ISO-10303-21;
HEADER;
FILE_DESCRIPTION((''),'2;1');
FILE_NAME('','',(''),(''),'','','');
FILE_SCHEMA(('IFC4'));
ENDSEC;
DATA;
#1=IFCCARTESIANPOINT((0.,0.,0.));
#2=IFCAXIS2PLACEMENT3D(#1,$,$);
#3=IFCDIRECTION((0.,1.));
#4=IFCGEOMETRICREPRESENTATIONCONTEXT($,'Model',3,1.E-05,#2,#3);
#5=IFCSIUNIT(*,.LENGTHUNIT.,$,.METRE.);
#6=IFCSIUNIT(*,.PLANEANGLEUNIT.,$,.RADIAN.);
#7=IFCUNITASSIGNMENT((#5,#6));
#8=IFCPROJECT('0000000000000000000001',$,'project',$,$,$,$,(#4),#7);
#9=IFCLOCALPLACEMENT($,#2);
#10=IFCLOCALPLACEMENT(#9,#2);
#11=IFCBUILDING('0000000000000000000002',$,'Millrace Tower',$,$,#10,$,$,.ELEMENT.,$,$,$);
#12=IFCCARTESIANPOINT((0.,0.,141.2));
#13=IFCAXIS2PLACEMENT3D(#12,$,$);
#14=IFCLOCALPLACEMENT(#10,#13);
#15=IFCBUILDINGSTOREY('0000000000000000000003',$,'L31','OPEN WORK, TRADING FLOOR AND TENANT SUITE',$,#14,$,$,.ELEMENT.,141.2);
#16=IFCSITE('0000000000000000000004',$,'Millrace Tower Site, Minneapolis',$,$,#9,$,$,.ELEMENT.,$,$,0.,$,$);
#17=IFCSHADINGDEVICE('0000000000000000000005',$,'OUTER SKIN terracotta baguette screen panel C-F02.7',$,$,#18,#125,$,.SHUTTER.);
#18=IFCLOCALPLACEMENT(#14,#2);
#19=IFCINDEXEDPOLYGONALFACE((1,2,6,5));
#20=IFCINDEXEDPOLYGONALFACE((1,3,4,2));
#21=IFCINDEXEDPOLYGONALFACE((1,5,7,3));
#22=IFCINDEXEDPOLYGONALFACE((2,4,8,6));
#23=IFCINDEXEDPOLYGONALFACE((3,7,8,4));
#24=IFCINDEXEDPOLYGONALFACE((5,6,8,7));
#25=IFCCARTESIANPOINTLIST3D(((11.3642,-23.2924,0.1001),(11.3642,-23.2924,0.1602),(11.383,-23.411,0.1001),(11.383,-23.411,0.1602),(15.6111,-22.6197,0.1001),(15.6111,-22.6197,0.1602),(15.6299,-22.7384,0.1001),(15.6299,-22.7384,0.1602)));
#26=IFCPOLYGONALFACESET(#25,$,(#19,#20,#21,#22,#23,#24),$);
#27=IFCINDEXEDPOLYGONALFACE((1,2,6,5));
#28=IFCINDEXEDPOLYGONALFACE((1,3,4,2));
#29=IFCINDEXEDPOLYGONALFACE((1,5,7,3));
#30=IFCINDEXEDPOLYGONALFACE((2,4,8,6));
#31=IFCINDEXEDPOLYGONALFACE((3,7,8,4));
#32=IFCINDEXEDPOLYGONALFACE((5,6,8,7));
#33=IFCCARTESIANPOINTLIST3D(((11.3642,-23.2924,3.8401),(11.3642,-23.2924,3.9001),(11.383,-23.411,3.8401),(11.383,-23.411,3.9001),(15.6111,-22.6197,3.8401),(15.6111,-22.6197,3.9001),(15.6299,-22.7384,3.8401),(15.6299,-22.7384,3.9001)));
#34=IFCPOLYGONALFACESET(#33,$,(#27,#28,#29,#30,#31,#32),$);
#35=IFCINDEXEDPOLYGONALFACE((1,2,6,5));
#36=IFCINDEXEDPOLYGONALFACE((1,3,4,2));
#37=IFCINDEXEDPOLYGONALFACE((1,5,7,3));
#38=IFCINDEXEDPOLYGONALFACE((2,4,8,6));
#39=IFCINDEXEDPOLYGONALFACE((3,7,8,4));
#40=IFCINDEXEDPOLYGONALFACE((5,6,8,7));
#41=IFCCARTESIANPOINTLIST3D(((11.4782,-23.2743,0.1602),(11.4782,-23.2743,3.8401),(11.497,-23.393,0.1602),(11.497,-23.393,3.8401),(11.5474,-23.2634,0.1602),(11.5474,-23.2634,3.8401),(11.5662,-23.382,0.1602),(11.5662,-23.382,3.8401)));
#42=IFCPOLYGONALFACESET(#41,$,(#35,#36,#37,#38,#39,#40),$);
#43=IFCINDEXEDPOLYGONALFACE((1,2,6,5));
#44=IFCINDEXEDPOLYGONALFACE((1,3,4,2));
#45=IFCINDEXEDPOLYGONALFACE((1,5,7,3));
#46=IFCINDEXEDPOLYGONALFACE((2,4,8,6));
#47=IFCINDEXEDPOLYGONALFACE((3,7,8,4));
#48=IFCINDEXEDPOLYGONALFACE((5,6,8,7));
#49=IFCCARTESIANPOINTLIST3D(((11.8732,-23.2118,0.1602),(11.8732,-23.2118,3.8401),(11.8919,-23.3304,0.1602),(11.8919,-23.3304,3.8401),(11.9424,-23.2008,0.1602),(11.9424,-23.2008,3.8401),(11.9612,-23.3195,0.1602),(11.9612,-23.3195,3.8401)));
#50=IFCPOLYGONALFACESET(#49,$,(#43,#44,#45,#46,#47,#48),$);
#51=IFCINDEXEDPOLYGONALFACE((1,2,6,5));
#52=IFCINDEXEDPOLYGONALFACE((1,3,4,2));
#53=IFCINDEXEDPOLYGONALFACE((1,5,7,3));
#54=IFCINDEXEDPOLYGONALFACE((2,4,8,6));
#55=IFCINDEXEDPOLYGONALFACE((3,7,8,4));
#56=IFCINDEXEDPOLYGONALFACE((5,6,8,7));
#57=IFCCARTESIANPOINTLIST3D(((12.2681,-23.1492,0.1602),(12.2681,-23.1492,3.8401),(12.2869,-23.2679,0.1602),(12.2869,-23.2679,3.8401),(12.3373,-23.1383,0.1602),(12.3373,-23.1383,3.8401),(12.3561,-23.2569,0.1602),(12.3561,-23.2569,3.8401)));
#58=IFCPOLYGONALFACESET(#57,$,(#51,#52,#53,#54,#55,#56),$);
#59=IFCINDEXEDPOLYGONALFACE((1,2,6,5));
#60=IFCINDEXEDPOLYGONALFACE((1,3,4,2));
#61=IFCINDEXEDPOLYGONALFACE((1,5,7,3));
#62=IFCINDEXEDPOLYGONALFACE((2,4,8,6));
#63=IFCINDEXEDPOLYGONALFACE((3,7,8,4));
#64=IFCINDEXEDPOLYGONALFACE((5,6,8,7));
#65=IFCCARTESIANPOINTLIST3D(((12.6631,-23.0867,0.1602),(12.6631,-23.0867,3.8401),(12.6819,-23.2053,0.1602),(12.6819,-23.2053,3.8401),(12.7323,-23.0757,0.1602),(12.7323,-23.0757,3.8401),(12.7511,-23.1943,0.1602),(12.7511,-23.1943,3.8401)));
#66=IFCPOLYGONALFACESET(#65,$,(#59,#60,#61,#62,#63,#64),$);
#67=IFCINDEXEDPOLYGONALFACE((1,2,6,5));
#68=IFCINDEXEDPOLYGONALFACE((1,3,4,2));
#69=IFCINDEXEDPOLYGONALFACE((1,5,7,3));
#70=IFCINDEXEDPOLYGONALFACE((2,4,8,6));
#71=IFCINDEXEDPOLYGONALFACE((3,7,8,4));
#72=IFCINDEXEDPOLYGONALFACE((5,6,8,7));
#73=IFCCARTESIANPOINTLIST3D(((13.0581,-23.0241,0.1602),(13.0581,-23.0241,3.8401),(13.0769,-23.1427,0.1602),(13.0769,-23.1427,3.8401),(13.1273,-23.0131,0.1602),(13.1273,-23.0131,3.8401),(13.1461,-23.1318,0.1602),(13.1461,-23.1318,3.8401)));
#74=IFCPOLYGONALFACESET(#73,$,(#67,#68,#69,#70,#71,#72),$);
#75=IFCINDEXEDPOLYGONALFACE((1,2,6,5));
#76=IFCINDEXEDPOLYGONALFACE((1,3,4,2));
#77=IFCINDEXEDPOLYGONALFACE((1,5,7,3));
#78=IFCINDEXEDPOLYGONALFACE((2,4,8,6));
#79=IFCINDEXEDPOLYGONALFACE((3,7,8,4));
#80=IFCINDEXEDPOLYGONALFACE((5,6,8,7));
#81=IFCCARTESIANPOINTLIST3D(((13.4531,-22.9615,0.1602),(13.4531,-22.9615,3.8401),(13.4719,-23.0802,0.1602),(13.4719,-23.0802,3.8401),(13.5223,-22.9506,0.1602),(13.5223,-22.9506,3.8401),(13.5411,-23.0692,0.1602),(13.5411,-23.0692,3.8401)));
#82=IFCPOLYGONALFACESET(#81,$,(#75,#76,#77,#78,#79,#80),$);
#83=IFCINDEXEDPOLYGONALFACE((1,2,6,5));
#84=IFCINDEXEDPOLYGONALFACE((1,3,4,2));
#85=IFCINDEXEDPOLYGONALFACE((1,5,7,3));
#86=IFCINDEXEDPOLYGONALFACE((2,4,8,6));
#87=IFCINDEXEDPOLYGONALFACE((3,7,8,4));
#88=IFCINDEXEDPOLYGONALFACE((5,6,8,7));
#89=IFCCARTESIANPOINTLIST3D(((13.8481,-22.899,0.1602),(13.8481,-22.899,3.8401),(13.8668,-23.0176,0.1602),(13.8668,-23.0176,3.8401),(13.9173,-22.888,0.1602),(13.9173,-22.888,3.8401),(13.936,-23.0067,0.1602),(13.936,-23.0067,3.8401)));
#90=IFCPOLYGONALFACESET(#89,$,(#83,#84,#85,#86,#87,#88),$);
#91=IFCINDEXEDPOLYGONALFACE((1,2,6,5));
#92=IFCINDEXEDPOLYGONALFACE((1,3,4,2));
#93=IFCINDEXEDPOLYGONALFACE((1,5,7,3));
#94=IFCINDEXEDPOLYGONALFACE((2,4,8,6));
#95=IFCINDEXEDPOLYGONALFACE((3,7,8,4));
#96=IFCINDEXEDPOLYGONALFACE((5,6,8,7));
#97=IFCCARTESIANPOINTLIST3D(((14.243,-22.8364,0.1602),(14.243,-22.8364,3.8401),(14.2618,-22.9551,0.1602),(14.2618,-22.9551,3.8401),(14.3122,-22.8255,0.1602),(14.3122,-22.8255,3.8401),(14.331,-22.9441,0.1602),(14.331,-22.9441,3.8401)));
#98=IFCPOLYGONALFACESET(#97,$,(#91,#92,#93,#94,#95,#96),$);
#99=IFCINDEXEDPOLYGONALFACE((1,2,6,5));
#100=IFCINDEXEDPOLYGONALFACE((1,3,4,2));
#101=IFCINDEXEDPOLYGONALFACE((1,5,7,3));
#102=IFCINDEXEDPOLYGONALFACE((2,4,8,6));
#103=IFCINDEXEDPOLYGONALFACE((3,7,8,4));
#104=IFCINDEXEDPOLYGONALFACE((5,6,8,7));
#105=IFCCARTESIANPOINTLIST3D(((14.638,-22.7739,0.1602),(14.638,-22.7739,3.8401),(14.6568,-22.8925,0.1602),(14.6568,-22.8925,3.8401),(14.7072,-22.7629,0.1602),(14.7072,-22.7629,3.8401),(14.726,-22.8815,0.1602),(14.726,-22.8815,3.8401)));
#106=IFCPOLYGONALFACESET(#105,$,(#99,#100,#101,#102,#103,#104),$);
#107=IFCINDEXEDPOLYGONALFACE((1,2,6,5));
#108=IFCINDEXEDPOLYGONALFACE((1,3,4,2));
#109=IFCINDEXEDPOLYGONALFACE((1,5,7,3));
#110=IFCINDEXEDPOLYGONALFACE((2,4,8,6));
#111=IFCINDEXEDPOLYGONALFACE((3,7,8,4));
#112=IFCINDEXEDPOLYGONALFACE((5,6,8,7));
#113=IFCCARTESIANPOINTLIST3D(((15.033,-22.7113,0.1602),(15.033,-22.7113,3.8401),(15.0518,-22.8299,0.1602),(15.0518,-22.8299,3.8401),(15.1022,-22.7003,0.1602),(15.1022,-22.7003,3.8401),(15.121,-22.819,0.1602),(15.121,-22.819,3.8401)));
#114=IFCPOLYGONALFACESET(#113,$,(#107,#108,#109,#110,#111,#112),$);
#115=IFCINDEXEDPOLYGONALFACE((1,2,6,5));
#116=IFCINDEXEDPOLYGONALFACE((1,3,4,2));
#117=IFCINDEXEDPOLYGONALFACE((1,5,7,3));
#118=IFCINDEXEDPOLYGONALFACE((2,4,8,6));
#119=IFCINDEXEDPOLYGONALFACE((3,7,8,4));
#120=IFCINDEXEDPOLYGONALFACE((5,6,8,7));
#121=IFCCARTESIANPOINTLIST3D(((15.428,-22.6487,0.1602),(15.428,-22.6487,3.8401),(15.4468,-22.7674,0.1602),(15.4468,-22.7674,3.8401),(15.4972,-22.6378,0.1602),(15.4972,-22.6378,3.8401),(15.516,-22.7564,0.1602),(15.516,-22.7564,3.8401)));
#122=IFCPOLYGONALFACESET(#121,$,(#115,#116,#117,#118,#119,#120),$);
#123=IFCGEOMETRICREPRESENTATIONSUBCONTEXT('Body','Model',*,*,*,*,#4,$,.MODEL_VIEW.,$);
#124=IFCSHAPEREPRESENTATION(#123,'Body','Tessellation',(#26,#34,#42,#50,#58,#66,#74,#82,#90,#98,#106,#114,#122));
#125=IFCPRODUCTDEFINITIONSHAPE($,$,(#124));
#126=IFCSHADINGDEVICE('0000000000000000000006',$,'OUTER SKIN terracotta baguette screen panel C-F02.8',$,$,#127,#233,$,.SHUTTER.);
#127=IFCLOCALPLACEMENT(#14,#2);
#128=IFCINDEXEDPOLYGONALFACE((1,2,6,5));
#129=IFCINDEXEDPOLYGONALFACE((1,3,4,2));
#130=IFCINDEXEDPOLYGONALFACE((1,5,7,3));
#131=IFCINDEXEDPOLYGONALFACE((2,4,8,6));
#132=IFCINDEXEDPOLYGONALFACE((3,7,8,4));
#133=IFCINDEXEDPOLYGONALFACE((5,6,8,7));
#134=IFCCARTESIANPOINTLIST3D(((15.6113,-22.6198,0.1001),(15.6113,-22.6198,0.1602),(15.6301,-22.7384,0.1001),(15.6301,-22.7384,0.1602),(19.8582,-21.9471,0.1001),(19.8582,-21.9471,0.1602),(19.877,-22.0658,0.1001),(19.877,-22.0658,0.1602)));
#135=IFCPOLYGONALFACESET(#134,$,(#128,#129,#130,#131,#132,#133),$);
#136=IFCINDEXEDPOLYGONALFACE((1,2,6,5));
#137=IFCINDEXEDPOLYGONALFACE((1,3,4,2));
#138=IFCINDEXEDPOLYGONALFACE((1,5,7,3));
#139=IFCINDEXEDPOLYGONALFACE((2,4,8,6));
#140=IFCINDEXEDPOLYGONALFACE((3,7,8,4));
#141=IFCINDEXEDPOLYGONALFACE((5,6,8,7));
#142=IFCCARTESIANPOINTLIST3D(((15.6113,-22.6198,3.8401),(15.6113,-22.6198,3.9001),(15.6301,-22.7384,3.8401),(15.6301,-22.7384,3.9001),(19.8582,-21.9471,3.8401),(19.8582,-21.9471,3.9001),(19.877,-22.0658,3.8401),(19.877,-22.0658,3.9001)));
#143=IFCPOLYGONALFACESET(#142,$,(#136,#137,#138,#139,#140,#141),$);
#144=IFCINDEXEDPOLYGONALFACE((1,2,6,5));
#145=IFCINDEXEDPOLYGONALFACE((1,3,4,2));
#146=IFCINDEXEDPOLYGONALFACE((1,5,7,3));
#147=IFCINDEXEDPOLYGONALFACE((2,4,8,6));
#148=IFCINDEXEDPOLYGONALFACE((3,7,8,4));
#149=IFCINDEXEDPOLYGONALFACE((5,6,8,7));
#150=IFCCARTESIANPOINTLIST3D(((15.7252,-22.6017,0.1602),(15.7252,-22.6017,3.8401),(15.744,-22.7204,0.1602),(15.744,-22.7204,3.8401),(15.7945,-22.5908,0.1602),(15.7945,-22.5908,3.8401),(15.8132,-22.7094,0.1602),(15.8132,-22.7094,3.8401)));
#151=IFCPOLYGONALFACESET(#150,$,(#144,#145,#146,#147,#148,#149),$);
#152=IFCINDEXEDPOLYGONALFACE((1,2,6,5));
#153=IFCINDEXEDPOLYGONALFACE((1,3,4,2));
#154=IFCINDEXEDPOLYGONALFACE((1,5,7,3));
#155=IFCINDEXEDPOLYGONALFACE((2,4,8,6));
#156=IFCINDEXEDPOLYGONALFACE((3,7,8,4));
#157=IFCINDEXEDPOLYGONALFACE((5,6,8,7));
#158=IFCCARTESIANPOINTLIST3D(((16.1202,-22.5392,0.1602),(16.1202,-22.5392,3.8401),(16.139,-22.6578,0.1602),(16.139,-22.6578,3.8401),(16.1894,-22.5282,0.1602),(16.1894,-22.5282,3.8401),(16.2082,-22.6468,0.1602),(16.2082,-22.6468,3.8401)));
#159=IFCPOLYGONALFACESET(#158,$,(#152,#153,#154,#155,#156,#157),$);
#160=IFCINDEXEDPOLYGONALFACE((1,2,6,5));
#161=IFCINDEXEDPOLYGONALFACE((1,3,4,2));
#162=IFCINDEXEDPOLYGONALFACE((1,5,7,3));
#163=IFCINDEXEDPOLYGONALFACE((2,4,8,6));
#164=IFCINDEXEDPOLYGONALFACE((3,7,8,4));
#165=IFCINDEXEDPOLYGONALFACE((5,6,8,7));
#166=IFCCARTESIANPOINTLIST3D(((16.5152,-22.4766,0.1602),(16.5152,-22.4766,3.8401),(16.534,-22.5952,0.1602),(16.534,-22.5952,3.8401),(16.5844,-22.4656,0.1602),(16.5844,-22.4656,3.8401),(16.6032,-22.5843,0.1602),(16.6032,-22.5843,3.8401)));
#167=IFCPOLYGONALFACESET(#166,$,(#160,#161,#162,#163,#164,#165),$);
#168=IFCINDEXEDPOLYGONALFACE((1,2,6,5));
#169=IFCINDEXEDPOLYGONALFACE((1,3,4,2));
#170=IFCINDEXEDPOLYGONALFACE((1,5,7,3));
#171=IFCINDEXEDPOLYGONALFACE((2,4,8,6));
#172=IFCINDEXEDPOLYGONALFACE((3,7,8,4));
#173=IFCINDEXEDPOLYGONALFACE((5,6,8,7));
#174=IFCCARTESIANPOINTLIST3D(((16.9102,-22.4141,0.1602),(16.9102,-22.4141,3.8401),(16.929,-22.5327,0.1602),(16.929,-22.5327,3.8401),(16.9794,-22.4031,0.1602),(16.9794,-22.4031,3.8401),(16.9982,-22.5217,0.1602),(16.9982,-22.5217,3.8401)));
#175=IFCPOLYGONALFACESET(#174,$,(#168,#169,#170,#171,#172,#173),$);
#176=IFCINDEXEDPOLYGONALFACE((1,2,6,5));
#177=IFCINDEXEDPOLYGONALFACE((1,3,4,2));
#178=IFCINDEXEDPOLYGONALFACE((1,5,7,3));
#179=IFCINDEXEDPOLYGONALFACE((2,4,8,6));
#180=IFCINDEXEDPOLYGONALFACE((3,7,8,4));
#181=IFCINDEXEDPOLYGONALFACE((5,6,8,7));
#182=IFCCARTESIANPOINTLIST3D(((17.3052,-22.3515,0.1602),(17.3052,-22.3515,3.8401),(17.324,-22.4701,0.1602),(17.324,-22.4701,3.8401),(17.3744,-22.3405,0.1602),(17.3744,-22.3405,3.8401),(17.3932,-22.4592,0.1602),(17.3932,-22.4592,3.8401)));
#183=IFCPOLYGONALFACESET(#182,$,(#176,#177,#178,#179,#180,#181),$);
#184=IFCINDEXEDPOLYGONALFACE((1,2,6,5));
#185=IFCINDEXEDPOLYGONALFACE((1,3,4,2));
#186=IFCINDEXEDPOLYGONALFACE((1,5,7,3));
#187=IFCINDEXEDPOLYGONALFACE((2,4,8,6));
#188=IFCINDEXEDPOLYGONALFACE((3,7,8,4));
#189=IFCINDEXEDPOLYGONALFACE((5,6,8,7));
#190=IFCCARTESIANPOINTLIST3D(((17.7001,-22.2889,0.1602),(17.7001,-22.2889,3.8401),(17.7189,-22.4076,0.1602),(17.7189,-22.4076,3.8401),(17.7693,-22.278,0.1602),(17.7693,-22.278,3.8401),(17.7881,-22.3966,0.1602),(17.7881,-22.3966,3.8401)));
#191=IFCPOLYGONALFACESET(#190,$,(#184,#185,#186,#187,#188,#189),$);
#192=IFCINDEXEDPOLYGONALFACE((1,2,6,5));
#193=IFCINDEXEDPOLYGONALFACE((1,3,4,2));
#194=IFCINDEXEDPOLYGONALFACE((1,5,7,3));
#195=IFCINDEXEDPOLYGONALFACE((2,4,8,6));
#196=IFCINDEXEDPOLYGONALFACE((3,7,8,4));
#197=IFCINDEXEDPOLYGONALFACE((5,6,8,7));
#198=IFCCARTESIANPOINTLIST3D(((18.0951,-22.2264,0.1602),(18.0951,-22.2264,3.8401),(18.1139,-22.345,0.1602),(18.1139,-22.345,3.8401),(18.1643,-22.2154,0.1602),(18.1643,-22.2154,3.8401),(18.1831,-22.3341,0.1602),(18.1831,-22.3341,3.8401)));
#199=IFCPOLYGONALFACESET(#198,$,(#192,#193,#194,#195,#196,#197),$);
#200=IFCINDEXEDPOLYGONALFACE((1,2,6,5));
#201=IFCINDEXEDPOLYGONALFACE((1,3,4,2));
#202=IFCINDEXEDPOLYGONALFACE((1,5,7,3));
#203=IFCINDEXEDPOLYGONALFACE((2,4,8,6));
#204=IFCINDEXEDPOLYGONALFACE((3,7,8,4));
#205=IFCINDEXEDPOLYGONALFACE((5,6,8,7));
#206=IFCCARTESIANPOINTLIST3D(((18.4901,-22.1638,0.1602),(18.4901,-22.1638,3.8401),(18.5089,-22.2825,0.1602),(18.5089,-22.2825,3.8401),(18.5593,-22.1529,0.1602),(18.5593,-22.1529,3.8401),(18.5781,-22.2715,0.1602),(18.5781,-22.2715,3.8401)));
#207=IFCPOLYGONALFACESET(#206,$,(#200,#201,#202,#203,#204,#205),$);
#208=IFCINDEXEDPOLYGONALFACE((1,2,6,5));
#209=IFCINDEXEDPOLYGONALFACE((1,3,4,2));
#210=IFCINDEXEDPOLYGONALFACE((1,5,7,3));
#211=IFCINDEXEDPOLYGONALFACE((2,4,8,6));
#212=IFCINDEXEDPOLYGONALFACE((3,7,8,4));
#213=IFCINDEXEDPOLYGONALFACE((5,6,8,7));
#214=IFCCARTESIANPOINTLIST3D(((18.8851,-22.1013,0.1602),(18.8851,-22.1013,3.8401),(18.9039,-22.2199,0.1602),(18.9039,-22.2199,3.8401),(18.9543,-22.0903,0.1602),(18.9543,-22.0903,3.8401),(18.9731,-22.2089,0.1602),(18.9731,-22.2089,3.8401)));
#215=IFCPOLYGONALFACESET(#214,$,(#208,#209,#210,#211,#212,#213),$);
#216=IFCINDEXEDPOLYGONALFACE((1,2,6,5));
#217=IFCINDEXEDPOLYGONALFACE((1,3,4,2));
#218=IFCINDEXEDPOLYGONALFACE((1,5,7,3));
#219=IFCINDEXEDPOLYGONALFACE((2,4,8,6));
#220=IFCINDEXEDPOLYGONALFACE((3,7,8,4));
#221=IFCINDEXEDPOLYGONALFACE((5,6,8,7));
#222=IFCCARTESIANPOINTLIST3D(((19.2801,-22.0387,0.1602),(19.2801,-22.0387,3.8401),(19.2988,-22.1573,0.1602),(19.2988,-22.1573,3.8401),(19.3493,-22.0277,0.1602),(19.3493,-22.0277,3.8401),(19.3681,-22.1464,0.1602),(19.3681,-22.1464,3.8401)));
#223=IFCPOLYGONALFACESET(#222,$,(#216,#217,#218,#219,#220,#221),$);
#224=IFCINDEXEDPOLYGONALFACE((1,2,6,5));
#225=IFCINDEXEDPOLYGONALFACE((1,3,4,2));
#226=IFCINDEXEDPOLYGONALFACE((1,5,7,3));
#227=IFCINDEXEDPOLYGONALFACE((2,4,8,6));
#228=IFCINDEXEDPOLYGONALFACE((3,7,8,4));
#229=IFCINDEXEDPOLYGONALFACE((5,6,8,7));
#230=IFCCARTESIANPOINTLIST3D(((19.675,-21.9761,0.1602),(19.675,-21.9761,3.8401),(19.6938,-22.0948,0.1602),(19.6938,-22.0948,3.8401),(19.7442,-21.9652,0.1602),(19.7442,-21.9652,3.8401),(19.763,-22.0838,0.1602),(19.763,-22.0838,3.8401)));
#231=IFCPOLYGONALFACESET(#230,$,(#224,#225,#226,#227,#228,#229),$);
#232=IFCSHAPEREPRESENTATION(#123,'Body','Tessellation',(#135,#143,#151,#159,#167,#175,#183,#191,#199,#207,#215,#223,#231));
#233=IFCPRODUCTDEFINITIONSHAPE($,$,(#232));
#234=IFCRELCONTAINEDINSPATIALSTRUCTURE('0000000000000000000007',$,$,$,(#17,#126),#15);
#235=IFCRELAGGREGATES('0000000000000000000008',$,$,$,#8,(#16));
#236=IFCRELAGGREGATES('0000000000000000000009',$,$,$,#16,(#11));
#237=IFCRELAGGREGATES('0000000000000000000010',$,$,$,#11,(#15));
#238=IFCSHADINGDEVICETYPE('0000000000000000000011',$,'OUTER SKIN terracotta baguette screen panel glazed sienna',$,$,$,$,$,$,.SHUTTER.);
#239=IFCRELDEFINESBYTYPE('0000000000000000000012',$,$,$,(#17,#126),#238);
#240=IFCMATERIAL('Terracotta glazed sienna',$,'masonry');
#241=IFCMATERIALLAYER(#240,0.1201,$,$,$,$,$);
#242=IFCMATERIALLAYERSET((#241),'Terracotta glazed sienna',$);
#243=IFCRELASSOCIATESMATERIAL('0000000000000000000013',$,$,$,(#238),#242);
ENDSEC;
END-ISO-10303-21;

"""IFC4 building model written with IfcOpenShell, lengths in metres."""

from ifc_helpers import new_model, entity, si_unit, direction, frame, frame_2d, origin, origin_2d, place, context, subcontext, project, spatial, rectangle, extrude, source, transform, mapped, material, layer, layer_set, type_object, element, save


model = new_model("IFC4")

# Units and contexts
model_context = context("Model", 3, precision=1e-05, world=origin(), true_north=direction((0.0, 1.0)))
body_context = subcontext(model_context, "Body", "Model", "MODEL_VIEW")
ifc_project = project(units=[si_unit("LENGTHUNIT", "METRE"), si_unit("PLANEANGLEUNIT", "RADIAN")], contexts=[model_context])

# Site, building, storey
site_placement = place(None, origin())
site = spatial("IfcSite", under=ifc_project, at=site_placement, Name="Millrace Tower Site, Minneapolis", CompositionType="ELEMENT", RefElevation=0.0)
building_placement = place(site_placement, origin())
building = spatial("IfcBuilding", under=site, at=building_placement, Name="Millrace Tower", CompositionType="ELEMENT")
storey_placement = place(building_placement, frame((0.0, 0.0, 141.2)))
storey = spatial("IfcBuildingStorey", under=building, at=storey_placement, Name="L31", Description="OPEN WORK, TRADING FLOOR AND TENANT SUITE", CompositionType="ELEMENT", Elevation=141.2)

# Shading devices
ifc_material_1 = material(Name="Terracotta glazed sienna", Category="masonry")
ifc_layer_1 = layer(ifc_material_1, 0.1201)
ifc_layer_set_1 = layer_set([ifc_layer_1], Name="Terracotta glazed sienna")
shading_device_type = type_object("IfcShadingDeviceType", Name="OUTER SKIN terracotta baguette screen panel glazed sienna", PredefinedType="SHUTTER", material=ifc_layer_set_1)
cartesian_point_1 = entity("IfcCartesianPoint", [-2.1499, 0.0601])
shared_polyline_1 = entity("IfcPolyline", [cartesian_point_1, entity("IfcCartesianPoint", [2.1499, 0.0601]), entity("IfcCartesianPoint", [2.1499, -0.0601]), entity("IfcCartesianPoint", [-2.1499, -0.0601]), cartesian_point_1])
shared_shape_1 = source(origin(), body_context, "Body", "SweptSolid", [
    entity("IfcExtrudedAreaSolid", entity("IfcArbitraryClosedProfileDef", "AREA", None, shared_polyline_1), entity("IfcAxis2Placement3D", entity("IfcCartesianPoint", [0.0, 0.0, 0.0])), entity("IfcDirection", [0.0, 0.0, 1.0]), 0.0601),
    entity("IfcExtrudedAreaSolid", entity("IfcArbitraryClosedProfileDef", "AREA", None, shared_polyline_1), entity("IfcAxis2Placement3D", entity("IfcCartesianPoint", [0.0, 0.0, 3.74])), entity("IfcDirection", [0.0, 0.0, 1.0]), 0.0601),
    extrude(rectangle(XDim=0.0701, YDim=0.1201, at=frame_2d((-1.9995, 0.0))), frame((0.0, 0.0, 0.0601)), (0.0, 0.0, 1.0), 3.6799),
    extrude(rectangle(XDim=0.0701, YDim=0.1201, at=frame_2d((-1.5996, 0.0))), frame((0.0, 0.0, 0.0601)), (0.0, 0.0, 1.0), 3.6799),
    extrude(rectangle(XDim=0.0701, YDim=0.1201, at=frame_2d((-1.1997, 0.0))), frame((0.0, 0.0, 0.0601)), (0.0, 0.0, 1.0), 3.6799),
    extrude(rectangle(XDim=0.0701, YDim=0.1201, at=frame_2d((-0.7998, 0.0))), frame((0.0, 0.0, 0.0601)), (0.0, 0.0, 1.0), 3.6799),
    extrude(rectangle(XDim=0.0701, YDim=0.1201, at=frame_2d((-0.3999, 0.0))), frame((0.0, 0.0, 0.0601)), (0.0, 0.0, 1.0), 3.6799),
    extrude(rectangle(XDim=0.0701, YDim=0.1201, at=origin_2d()), frame((0.0, 0.0, 0.0601)), (0.0, 0.0, 1.0), 3.6799),
    extrude(rectangle(XDim=0.0701, YDim=0.1201, at=frame_2d((0.3999, 0.0))), frame((0.0, 0.0, 0.0601)), (0.0, 0.0, 1.0), 3.6799),
    extrude(rectangle(XDim=0.0701, YDim=0.1201, at=frame_2d((0.7998, 0.0))), frame((0.0, 0.0, 0.0601)), (0.0, 0.0, 1.0), 3.6799),
    extrude(rectangle(XDim=0.0701, YDim=0.1201, at=frame_2d((1.1997, 0.0))), frame((0.0, 0.0, 0.0601)), (0.0, 0.0, 1.0), 3.6799),
    extrude(rectangle(XDim=0.0701, YDim=0.1201, at=frame_2d((1.5996, 0.0))), frame((0.0, 0.0, 0.0601)), (0.0, 0.0, 1.0), 3.6799),
    extrude(rectangle(XDim=0.0701, YDim=0.1201, at=frame_2d((1.9995, 0.0))), frame((0.0, 0.0, 0.0601)), (0.0, 0.0, 1.0), 3.6799),
])
for number, where, z_axis, x_axis, name in (
    (1, (13.4971, -23.0154, 0.1001), (0.0, 0.0, 1.0), (0.987688, 0.156434, 0.0), "OUTER SKIN terracotta baguette screen panel C-F02.7"),
    (2, (17.7441, -22.3428, 0.1001), (0.0, 0.0, 1.0), (0.987688, 0.156434, 0.0), "OUTER SKIN terracotta baguette screen panel C-F02.8"),
):
    element("IfcShadingDevice", number, at=place(storey_placement, frame(where, z_axis=z_axis, x_axis=x_axis)), inside=storey, type_object=shading_device_type, Name=name, PredefinedType="SHUTTER", context=body_context, shape_type="MappedRepresentation", body=[
        mapped(shared_shape_1, transform((0.0, 0.0, 0.0), scale=1.0)),
    ])

save(model, "model.ifc")
